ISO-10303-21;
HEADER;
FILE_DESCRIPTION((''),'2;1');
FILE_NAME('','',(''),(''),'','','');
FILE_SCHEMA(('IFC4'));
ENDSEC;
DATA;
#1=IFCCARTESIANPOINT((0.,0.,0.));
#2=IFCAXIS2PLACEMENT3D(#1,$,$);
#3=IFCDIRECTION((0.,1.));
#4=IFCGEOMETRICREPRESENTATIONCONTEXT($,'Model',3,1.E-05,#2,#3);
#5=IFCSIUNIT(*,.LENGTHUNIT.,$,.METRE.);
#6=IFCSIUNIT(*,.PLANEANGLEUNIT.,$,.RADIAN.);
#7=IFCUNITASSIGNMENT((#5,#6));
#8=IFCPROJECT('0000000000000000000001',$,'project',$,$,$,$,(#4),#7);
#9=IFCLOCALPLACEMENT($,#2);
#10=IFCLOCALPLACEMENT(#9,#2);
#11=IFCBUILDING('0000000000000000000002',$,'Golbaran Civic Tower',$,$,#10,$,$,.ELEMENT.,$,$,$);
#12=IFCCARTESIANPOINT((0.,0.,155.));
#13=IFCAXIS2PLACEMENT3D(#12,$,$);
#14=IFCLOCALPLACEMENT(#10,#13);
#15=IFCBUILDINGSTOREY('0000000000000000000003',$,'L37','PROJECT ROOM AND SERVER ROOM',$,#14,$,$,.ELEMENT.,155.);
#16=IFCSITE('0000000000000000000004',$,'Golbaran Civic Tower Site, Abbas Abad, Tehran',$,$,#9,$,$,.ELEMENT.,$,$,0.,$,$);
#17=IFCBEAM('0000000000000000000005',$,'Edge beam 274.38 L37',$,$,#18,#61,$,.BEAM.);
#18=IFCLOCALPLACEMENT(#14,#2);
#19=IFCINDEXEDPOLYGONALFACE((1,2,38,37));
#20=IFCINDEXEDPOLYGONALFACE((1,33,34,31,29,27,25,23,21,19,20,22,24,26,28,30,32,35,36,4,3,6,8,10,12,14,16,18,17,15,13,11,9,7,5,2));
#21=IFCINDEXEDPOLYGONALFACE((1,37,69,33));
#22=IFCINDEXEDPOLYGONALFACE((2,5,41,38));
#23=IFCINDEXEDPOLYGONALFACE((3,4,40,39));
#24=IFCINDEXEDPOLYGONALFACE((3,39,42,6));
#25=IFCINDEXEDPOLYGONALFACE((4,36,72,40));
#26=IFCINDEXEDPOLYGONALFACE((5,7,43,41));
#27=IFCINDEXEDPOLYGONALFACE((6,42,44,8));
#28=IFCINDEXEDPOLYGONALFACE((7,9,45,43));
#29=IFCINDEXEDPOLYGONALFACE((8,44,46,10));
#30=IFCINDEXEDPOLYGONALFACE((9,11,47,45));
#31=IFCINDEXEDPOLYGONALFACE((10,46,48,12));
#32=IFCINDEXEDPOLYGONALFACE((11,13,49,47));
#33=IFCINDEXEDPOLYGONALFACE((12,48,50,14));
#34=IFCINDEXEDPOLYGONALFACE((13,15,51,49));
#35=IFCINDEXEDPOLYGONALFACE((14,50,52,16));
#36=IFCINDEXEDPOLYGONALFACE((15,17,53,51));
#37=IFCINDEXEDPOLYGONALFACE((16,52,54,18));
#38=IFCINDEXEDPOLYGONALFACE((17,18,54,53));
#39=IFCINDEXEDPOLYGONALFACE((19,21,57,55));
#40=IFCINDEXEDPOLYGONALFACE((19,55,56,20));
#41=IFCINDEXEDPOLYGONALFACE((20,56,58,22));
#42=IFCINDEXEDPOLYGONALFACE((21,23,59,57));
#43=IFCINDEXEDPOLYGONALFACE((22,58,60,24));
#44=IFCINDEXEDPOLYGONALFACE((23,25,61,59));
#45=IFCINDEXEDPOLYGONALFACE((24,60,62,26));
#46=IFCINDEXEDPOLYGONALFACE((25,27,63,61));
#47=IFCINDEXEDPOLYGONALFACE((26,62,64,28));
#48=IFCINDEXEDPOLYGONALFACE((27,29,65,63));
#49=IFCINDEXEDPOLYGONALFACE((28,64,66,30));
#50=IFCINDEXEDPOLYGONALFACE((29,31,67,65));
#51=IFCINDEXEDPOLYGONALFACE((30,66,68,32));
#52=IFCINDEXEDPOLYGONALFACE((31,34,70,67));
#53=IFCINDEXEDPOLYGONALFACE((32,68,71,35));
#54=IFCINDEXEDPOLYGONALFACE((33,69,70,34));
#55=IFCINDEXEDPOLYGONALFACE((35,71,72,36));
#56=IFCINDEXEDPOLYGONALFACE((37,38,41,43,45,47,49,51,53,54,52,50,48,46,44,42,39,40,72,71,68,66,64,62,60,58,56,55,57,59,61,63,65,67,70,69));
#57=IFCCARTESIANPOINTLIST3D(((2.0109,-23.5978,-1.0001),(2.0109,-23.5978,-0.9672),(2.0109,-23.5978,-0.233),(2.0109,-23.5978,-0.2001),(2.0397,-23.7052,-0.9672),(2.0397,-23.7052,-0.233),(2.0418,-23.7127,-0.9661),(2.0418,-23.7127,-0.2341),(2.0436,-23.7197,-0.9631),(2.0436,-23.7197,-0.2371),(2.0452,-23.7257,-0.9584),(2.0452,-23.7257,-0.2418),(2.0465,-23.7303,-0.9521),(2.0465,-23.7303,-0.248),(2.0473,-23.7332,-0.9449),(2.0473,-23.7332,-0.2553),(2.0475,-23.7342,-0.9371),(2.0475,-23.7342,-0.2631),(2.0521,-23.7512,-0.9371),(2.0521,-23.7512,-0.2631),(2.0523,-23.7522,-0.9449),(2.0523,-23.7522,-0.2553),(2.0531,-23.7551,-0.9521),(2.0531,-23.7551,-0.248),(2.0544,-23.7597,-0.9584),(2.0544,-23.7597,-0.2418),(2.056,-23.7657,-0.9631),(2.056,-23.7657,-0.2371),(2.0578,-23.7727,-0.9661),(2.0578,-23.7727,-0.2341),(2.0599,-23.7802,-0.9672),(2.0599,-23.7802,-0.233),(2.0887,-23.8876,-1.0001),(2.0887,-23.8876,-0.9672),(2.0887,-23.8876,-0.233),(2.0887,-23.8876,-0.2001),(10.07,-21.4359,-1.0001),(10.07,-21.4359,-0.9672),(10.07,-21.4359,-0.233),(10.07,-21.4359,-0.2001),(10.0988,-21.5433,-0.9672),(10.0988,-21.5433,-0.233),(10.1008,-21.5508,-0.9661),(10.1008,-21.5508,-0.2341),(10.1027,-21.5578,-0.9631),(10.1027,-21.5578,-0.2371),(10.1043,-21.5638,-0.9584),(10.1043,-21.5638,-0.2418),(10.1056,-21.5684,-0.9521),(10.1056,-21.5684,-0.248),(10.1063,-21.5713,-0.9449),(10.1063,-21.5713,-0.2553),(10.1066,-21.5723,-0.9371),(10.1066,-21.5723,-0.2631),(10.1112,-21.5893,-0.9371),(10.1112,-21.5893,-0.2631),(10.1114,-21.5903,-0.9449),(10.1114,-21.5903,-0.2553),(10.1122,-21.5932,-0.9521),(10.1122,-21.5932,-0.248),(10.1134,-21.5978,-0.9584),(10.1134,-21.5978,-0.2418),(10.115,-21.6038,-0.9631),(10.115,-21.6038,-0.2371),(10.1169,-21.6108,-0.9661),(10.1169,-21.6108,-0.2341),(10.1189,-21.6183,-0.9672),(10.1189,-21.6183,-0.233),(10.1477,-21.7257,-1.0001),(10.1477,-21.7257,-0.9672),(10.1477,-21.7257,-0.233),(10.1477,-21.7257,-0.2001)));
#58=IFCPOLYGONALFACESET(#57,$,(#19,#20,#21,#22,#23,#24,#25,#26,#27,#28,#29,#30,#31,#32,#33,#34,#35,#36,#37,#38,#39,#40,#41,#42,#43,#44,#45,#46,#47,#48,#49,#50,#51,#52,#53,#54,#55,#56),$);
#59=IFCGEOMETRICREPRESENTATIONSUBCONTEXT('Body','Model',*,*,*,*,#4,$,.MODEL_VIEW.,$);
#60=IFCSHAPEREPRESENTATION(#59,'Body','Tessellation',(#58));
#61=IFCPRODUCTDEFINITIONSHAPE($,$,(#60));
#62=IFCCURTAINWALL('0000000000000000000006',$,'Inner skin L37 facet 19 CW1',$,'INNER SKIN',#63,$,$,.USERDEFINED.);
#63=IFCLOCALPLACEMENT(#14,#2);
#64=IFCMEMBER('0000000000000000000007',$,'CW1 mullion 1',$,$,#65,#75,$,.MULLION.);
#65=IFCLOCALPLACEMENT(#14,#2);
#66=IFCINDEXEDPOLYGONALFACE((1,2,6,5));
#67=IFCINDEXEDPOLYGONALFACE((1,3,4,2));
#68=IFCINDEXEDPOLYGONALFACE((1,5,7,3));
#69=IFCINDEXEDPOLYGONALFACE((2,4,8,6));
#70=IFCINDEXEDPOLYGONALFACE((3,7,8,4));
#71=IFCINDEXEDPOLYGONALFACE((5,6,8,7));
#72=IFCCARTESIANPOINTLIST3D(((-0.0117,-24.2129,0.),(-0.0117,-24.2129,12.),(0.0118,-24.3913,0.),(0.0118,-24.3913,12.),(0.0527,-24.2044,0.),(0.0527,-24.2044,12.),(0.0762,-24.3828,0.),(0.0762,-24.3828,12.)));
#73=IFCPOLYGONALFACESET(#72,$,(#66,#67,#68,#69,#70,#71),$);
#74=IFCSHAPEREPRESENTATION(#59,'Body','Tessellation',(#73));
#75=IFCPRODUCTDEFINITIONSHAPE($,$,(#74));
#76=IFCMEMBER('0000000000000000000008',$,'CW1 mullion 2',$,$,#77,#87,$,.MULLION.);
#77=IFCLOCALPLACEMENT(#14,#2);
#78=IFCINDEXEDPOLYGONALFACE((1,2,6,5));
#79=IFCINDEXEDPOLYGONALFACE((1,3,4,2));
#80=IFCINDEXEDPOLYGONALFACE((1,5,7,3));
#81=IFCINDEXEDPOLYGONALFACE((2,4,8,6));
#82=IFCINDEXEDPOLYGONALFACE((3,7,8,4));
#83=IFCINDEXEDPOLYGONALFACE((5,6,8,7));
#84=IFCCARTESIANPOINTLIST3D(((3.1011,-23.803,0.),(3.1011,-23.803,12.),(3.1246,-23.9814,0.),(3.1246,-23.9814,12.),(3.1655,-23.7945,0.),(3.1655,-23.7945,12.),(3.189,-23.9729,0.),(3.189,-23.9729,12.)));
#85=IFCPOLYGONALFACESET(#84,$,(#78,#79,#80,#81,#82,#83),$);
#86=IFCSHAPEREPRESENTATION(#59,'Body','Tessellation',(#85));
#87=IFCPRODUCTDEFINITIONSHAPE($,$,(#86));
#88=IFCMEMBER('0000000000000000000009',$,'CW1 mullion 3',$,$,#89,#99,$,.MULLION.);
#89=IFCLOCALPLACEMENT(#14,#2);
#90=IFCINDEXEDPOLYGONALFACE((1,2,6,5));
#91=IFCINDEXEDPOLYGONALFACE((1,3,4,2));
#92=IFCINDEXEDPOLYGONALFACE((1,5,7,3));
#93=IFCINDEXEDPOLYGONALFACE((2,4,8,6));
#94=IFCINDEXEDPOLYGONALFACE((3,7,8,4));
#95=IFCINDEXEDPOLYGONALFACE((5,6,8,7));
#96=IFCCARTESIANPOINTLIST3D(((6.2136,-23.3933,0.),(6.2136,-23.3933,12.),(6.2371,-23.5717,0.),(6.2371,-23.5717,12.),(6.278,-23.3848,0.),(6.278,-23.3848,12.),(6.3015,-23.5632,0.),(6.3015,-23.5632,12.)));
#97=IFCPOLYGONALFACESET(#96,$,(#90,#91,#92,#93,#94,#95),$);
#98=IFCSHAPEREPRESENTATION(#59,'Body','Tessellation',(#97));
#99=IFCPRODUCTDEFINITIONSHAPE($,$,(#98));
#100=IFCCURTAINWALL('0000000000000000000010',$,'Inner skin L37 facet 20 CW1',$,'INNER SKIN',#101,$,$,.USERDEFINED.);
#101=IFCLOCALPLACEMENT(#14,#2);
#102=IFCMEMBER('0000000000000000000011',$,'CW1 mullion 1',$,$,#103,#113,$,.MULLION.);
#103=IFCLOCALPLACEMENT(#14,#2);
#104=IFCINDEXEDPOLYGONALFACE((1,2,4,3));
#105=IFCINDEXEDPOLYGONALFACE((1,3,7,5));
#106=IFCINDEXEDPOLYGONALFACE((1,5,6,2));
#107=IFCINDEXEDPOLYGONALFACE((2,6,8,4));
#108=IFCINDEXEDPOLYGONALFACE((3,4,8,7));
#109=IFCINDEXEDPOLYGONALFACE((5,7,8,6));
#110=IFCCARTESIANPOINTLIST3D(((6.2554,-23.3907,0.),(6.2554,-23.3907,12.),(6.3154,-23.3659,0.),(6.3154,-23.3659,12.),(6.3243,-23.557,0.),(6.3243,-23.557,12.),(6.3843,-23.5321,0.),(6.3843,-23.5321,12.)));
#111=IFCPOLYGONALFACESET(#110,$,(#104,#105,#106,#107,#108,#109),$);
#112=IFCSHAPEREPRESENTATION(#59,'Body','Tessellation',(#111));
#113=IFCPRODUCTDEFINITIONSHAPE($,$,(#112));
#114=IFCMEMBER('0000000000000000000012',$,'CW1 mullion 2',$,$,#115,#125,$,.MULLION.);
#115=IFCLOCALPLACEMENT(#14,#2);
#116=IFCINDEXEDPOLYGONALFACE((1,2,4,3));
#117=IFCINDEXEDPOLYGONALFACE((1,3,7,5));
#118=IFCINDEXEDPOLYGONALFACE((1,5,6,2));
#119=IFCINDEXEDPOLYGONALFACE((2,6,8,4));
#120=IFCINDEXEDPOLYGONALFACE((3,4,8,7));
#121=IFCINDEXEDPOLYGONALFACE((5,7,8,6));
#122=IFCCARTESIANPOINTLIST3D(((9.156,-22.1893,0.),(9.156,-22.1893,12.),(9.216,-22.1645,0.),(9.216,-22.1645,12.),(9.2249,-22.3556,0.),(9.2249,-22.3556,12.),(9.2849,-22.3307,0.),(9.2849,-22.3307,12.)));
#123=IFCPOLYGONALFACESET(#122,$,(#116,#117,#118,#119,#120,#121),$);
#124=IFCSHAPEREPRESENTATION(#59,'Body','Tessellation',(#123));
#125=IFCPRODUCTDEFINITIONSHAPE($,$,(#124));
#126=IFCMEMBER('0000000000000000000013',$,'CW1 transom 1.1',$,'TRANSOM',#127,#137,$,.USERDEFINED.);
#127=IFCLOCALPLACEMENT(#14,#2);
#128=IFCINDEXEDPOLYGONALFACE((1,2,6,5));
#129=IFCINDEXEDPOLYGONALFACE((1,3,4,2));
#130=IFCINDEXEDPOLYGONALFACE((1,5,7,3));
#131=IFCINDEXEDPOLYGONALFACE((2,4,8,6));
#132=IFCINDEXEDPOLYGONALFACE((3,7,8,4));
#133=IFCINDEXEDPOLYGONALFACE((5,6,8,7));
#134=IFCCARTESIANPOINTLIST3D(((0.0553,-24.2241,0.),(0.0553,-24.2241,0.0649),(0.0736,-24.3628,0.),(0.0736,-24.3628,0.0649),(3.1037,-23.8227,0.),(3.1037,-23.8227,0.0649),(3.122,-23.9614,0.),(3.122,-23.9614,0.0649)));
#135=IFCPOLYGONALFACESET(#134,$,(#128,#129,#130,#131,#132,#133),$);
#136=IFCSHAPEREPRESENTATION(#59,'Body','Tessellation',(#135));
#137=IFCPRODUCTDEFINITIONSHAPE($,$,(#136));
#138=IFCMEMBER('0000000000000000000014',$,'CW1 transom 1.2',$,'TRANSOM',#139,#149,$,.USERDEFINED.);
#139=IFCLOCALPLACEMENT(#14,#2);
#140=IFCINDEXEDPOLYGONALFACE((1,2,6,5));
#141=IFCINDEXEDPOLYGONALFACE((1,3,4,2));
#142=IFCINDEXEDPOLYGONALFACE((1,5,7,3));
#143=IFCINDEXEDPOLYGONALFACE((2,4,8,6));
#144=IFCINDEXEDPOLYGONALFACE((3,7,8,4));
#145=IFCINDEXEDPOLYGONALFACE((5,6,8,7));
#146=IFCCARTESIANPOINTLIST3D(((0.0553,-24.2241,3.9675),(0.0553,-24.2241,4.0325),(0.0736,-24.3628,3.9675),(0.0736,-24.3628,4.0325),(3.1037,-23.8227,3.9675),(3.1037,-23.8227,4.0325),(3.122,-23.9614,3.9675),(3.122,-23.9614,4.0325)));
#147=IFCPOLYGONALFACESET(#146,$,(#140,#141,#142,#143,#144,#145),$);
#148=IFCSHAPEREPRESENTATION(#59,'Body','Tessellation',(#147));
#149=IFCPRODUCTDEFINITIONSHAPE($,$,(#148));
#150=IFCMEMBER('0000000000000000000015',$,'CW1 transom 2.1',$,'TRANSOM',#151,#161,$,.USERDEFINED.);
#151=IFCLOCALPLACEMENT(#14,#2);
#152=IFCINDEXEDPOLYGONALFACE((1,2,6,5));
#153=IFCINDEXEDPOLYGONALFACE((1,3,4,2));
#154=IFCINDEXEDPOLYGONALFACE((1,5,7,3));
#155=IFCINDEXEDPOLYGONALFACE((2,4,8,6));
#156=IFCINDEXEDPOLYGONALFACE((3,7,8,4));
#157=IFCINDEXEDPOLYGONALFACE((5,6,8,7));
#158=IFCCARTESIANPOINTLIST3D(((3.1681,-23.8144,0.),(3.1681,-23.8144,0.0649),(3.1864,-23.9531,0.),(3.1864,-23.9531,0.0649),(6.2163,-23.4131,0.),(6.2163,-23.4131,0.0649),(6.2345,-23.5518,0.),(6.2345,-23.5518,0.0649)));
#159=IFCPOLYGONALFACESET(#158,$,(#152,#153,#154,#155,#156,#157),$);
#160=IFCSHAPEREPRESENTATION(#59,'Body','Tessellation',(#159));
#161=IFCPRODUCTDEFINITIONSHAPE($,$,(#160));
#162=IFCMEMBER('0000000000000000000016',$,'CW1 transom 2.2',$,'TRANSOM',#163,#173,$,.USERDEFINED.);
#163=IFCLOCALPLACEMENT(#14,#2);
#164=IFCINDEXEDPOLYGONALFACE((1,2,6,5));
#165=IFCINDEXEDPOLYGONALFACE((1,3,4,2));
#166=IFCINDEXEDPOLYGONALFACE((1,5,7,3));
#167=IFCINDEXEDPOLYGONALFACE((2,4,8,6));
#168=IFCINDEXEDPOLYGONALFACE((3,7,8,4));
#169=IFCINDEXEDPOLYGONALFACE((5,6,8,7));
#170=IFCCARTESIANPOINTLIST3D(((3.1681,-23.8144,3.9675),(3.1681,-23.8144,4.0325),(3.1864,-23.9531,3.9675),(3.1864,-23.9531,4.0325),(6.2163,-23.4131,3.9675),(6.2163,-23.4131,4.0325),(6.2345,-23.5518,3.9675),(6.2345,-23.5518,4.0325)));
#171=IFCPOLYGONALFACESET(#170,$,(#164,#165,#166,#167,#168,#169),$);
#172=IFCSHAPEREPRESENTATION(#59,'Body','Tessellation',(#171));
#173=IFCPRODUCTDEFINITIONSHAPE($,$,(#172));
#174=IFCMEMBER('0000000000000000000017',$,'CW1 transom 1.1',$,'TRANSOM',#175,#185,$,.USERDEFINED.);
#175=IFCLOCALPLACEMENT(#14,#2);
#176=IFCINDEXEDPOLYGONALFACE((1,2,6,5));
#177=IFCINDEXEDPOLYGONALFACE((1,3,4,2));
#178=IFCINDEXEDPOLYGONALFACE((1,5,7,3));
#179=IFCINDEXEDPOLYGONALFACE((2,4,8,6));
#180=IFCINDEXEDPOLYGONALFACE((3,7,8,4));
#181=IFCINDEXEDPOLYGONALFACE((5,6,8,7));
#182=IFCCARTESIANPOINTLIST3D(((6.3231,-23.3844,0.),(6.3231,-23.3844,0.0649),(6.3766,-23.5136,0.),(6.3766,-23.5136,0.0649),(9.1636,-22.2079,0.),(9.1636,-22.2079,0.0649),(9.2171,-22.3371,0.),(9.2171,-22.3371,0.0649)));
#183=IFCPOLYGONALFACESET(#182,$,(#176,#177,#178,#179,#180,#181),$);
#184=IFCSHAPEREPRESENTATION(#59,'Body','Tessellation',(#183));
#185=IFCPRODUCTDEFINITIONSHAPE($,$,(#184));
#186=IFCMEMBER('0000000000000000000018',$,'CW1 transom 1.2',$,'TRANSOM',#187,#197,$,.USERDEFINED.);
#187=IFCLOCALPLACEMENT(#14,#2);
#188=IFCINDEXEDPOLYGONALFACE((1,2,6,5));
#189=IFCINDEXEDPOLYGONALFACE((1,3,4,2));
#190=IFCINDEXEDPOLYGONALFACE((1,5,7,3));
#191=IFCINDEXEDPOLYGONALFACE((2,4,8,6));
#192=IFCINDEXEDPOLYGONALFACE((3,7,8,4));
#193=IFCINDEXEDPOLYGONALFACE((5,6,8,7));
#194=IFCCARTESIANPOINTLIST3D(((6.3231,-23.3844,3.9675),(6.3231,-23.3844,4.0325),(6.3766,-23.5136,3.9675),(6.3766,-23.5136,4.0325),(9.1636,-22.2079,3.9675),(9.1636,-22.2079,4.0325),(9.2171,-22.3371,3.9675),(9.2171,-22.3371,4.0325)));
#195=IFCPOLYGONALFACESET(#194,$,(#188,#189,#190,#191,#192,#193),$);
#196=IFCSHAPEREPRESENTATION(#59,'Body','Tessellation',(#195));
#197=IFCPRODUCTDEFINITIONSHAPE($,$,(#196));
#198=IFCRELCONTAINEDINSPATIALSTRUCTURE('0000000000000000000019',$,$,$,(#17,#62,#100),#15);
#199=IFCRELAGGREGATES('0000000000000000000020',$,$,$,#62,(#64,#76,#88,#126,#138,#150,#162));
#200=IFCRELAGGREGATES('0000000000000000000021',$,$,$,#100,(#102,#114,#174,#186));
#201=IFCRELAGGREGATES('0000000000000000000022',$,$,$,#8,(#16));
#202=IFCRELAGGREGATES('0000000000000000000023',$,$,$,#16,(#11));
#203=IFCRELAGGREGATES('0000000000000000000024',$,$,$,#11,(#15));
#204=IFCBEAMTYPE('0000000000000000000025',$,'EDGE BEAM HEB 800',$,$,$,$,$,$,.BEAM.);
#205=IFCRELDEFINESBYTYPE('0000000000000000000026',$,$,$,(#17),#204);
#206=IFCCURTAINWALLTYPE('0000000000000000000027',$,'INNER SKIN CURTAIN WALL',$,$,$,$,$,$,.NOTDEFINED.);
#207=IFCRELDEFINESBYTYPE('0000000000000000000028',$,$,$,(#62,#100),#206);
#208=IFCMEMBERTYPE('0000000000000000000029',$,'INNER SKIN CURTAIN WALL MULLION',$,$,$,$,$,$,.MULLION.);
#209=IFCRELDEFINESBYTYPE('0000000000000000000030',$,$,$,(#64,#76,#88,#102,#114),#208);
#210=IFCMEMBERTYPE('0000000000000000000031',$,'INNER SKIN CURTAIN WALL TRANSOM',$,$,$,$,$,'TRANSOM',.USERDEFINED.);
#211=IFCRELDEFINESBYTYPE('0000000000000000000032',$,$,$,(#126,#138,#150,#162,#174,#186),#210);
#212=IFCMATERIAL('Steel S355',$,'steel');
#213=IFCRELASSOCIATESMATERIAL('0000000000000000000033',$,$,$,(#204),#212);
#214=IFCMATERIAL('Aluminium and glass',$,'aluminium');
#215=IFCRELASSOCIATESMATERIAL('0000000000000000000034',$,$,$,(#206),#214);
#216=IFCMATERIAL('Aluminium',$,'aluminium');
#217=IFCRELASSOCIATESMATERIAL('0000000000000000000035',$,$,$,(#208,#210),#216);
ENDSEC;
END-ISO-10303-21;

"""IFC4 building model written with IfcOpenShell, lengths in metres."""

from ifc_helpers import new_model, si_unit, direction, frame, origin, origin_2d, place, context, subcontext, project, spatial, rectangle, i_section, extrude, material, material_profile, profile_set, type_object, element, aggregate, save


model = new_model("IFC4")

# Units and contexts
model_context = context("Model", 3, precision=1e-05, world=origin(), true_north=direction((0.0, 1.0)))
body_context = subcontext(model_context, "Body", "Model", "MODEL_VIEW")
ifc_project = project(units=[si_unit("LENGTHUNIT", "METRE"), si_unit("PLANEANGLEUNIT", "RADIAN")], contexts=[model_context])

# Site, building, storey
site_placement = place(None, origin())
site = spatial("IfcSite", under=ifc_project, at=site_placement, Name="Golbaran Civic Tower Site, Abbas Abad, Tehran", CompositionType="ELEMENT", RefElevation=0.0)
building_placement = place(site_placement, origin())
building = spatial("IfcBuilding", under=site, at=building_placement, Name="Golbaran Civic Tower", CompositionType="ELEMENT")
storey_placement = place(building_placement, frame((0.0, 0.0, 155.0)))
storey = spatial("IfcBuildingStorey", under=building, at=storey_placement, Name="L37", Description="PROJECT ROOM AND SERVER ROOM", CompositionType="ELEMENT", Elevation=155.0)

# Beam
ifc_material_1 = material(Name="Steel S355", Category="steel")
ifc_material_profile_1 = material_profile(ifc_material_1, i_section(OverallWidth=0.3, OverallDepth=0.8, WebThickness=0.0176, FlangeThickness=0.033, FilletRadius=0.03, at=origin_2d()), Name="HEB 800")
ifc_profile_set_1 = profile_set([ifc_material_profile_1], Name="Steel S355")
beam_type = type_object("IfcBeamType", Name="EDGE BEAM HEB 800", PredefinedType="BEAM", material=ifc_profile_set_1)
beam_placement = place(storey_placement, frame((2.0498, -23.7427, -0.6001), z_axis=(0.965853, 0.259092, 0.0), x_axis=(-0.259092, 0.965853, 0.0)))
element("IfcBeam", 1, at=beam_placement, inside=storey, type_object=beam_type, Name="Edge beam 274.38 L37", PredefinedType="BEAM", context=body_context, shape_type="SweptSolid", body=[
    extrude(i_section(OverallWidth=0.3, OverallDepth=0.8, WebThickness=0.0176, FlangeThickness=0.033, FilletRadius=0.03, at=origin_2d()), origin(), (0.0, 0.0, 1.0), 8.344),
])

# Curtain walls, members
ifc_material_2 = material(Name="Aluminium and glass", Category="aluminium")
curtain_wall_type = type_object("IfcCurtainWallType", Name="INNER SKIN CURTAIN WALL", PredefinedType="NOTDEFINED", material=ifc_material_2)
curtain_wall_1_placement = place(storey_placement, origin())
curtain_wall_1 = element("IfcCurtainWall", 2, at=curtain_wall_1_placement, inside=storey, type_object=curtain_wall_type, Name="Inner skin L37 facet 19 CW1", ObjectType="INNER SKIN", PredefinedType="USERDEFINED")
ifc_material_3 = material(Name="Aluminium", Category="aluminium")
ifc_material_profile_2 = material_profile(ifc_material_3, rectangle(XDim=0.1799, YDim=0.0649, at=origin_2d()), Name="INNER SKIN CURTAIN WALL MULLION")
ifc_profile_set_2 = profile_set([ifc_material_profile_2], Name="Aluminium")
member_type_1 = type_object("IfcMemberType", Name="INNER SKIN CURTAIN WALL MULLION", PredefinedType="MULLION", material=ifc_profile_set_2)
member_1_placement = place(storey_placement, frame((0.0322, -24.2979, 0.0), z_axis=(0.0, 0.0, 1.0), x_axis=(-0.130526, 0.991445, 0.0)))
member_1 = element("IfcMember", 3, at=member_1_placement, type_object=member_type_1, Name="CW1 mullion 1", PredefinedType="MULLION", context=body_context, shape_type="SweptSolid", body=[
    extrude(rectangle(XDim=0.1799, YDim=0.0649, at=origin_2d()), origin(), (0.0, 0.0, 1.0), 12.0),
])
member_2_placement = place(storey_placement, frame((3.145, -23.8879, 0.0), z_axis=(0.0, 0.0, 1.0), x_axis=(-0.130526, 0.991445, 0.0)))
member_2 = element("IfcMember", 4, at=member_2_placement, type_object=member_type_1, Name="CW1 mullion 2", PredefinedType="MULLION", context=body_context, shape_type="SweptSolid", body=[
    extrude(rectangle(XDim=0.1799, YDim=0.0649, at=origin_2d()), origin(), (0.0, 0.0, 1.0), 12.0),
])
member_3_placement = place(storey_placement, frame((6.2576, -23.4783, 0.0), z_axis=(0.0, 0.0, 1.0), x_axis=(-0.130526, 0.991445, 0.0)))
member_3 = element("IfcMember", 5, at=member_3_placement, type_object=member_type_1, Name="CW1 mullion 3", PredefinedType="MULLION", context=body_context, shape_type="SweptSolid", body=[
    extrude(rectangle(XDim=0.1799, YDim=0.0649, at=origin_2d()), origin(), (0.0, 0.0, 1.0), 12.0),
])
curtain_wall_2_placement = place(storey_placement, origin())
curtain_wall_2 = element("IfcCurtainWall", 6, at=curtain_wall_2_placement, inside=storey, type_object=curtain_wall_type, Name="Inner skin L37 facet 20 CW1", ObjectType="INNER SKIN", PredefinedType="USERDEFINED")
member_4_placement = place(storey_placement, frame((6.3198, -23.4614, 0.0), z_axis=(0.0, 0.0, 1.0), x_axis=(-0.382683, 0.92388, 0.0)))
member_4 = element("IfcMember", 7, at=member_4_placement, type_object=member_type_1, Name="CW1 mullion 1", PredefinedType="MULLION", context=body_context, shape_type="SweptSolid", body=[
    extrude(rectangle(XDim=0.1799, YDim=0.0649, at=origin_2d()), origin(), (0.0, 0.0, 1.0), 12.0),
])
member_5_placement = place(storey_placement, frame((9.2205, -22.26, 0.0), z_axis=(0.0, 0.0, 1.0), x_axis=(-0.382683, 0.92388, 0.0)))
member_5 = element("IfcMember", 8, at=member_5_placement, type_object=member_type_1, Name="CW1 mullion 2", PredefinedType="MULLION", context=body_context, shape_type="SweptSolid", body=[
    extrude(rectangle(XDim=0.1799, YDim=0.0649, at=origin_2d()), origin(), (0.0, 0.0, 1.0), 12.0),
])

# Members
ifc_material_profile_3 = material_profile(ifc_material_3, rectangle(XDim=0.1399, YDim=0.0649, at=origin_2d()), Name="INNER SKIN CURTAIN WALL TRANSOM")
ifc_profile_set_3 = profile_set([ifc_material_profile_3], Name="Aluminium")
member_type_2 = type_object("IfcMemberType", Name="INNER SKIN CURTAIN WALL TRANSOM", ElementType="TRANSOM", PredefinedType="USERDEFINED", material=ifc_profile_set_3)
member_6_placement = place(storey_placement, frame((0.0645, -24.2935, 0.0325), z_axis=(0.991443, 0.130541, 0.0), x_axis=(-0.130541, 0.991443, 0.0)))
member_6 = element("IfcMember", 9, at=member_6_placement, type_object=member_type_2, Name="CW1 transom 1.1", ObjectType="TRANSOM", PredefinedType="USERDEFINED", context=body_context, shape_type="SweptSolid", body=[
    extrude(rectangle(XDim=0.1399, YDim=0.0649, at=origin_2d()), origin(), (0.0, 0.0, 1.0), 3.0747),
])
member_7_placement = place(storey_placement, frame((0.0645, -24.2935, 4.0), z_axis=(0.991443, 0.130541, 0.0), x_axis=(-0.130541, 0.991443, 0.0)))
member_7 = element("IfcMember", 10, at=member_7_placement, type_object=member_type_2, Name="CW1 transom 1.2", ObjectType="TRANSOM", PredefinedType="USERDEFINED", context=body_context, shape_type="SweptSolid", body=[
    extrude(rectangle(XDim=0.1399, YDim=0.0649, at=origin_2d()), origin(), (0.0, 0.0, 1.0), 3.0747),
])
member_8_placement = place(storey_placement, frame((3.1772, -23.8838, 0.0325), z_axis=(0.991442, 0.130551, 0.0), x_axis=(-0.130551, 0.991442, 0.0)))
member_8 = element("IfcMember", 11, at=member_8_placement, type_object=member_type_2, Name="CW1 transom 2.1", ObjectType="TRANSOM", PredefinedType="USERDEFINED", context=body_context, shape_type="SweptSolid", body=[
    extrude(rectangle(XDim=0.1399, YDim=0.0649, at=origin_2d()), origin(), (0.0, 0.0, 1.0), 3.0745),
])
member_9_placement = place(storey_placement, frame((3.1772, -23.8838, 4.0), z_axis=(0.991442, 0.130551, 0.0), x_axis=(-0.130551, 0.991442, 0.0)))
member_9 = element("IfcMember", 12, at=member_9_placement, type_object=member_type_2, Name="CW1 transom 2.2", ObjectType="TRANSOM", PredefinedType="USERDEFINED", context=body_context, shape_type="SweptSolid", body=[
    extrude(rectangle(XDim=0.1399, YDim=0.0649, at=origin_2d()), origin(), (0.0, 0.0, 1.0), 3.0745),
])
member_10_placement = place(storey_placement, frame((6.3499, -23.449, 0.0325), z_axis=(0.92389, 0.382658, 0.0), x_axis=(-0.382658, 0.92389, 0.0)))
member_10 = element("IfcMember", 13, at=member_10_placement, type_object=member_type_2, Name="CW1 transom 1.1", ObjectType="TRANSOM", PredefinedType="USERDEFINED", context=body_context, shape_type="SweptSolid", body=[
    extrude(rectangle(XDim=0.1399, YDim=0.0649, at=origin_2d()), origin(), (0.0, 0.0, 1.0), 3.0745),
])
member_11_placement = place(storey_placement, frame((6.3499, -23.449, 4.0), z_axis=(0.92389, 0.382658, 0.0), x_axis=(-0.382658, 0.92389, 0.0)))
member_11 = element("IfcMember", 14, at=member_11_placement, type_object=member_type_2, Name="CW1 transom 1.2", ObjectType="TRANSOM", PredefinedType="USERDEFINED", context=body_context, shape_type="SweptSolid", body=[
    extrude(rectangle(XDim=0.1399, YDim=0.0649, at=origin_2d()), origin(), (0.0, 0.0, 1.0), 3.0745),
])

aggregate(curtain_wall_1, [member_1, member_2, member_3, member_6, member_7, member_8, member_9])
aggregate(curtain_wall_2, [member_4, member_5, member_10, member_11])

save(model, "model.ifc")
